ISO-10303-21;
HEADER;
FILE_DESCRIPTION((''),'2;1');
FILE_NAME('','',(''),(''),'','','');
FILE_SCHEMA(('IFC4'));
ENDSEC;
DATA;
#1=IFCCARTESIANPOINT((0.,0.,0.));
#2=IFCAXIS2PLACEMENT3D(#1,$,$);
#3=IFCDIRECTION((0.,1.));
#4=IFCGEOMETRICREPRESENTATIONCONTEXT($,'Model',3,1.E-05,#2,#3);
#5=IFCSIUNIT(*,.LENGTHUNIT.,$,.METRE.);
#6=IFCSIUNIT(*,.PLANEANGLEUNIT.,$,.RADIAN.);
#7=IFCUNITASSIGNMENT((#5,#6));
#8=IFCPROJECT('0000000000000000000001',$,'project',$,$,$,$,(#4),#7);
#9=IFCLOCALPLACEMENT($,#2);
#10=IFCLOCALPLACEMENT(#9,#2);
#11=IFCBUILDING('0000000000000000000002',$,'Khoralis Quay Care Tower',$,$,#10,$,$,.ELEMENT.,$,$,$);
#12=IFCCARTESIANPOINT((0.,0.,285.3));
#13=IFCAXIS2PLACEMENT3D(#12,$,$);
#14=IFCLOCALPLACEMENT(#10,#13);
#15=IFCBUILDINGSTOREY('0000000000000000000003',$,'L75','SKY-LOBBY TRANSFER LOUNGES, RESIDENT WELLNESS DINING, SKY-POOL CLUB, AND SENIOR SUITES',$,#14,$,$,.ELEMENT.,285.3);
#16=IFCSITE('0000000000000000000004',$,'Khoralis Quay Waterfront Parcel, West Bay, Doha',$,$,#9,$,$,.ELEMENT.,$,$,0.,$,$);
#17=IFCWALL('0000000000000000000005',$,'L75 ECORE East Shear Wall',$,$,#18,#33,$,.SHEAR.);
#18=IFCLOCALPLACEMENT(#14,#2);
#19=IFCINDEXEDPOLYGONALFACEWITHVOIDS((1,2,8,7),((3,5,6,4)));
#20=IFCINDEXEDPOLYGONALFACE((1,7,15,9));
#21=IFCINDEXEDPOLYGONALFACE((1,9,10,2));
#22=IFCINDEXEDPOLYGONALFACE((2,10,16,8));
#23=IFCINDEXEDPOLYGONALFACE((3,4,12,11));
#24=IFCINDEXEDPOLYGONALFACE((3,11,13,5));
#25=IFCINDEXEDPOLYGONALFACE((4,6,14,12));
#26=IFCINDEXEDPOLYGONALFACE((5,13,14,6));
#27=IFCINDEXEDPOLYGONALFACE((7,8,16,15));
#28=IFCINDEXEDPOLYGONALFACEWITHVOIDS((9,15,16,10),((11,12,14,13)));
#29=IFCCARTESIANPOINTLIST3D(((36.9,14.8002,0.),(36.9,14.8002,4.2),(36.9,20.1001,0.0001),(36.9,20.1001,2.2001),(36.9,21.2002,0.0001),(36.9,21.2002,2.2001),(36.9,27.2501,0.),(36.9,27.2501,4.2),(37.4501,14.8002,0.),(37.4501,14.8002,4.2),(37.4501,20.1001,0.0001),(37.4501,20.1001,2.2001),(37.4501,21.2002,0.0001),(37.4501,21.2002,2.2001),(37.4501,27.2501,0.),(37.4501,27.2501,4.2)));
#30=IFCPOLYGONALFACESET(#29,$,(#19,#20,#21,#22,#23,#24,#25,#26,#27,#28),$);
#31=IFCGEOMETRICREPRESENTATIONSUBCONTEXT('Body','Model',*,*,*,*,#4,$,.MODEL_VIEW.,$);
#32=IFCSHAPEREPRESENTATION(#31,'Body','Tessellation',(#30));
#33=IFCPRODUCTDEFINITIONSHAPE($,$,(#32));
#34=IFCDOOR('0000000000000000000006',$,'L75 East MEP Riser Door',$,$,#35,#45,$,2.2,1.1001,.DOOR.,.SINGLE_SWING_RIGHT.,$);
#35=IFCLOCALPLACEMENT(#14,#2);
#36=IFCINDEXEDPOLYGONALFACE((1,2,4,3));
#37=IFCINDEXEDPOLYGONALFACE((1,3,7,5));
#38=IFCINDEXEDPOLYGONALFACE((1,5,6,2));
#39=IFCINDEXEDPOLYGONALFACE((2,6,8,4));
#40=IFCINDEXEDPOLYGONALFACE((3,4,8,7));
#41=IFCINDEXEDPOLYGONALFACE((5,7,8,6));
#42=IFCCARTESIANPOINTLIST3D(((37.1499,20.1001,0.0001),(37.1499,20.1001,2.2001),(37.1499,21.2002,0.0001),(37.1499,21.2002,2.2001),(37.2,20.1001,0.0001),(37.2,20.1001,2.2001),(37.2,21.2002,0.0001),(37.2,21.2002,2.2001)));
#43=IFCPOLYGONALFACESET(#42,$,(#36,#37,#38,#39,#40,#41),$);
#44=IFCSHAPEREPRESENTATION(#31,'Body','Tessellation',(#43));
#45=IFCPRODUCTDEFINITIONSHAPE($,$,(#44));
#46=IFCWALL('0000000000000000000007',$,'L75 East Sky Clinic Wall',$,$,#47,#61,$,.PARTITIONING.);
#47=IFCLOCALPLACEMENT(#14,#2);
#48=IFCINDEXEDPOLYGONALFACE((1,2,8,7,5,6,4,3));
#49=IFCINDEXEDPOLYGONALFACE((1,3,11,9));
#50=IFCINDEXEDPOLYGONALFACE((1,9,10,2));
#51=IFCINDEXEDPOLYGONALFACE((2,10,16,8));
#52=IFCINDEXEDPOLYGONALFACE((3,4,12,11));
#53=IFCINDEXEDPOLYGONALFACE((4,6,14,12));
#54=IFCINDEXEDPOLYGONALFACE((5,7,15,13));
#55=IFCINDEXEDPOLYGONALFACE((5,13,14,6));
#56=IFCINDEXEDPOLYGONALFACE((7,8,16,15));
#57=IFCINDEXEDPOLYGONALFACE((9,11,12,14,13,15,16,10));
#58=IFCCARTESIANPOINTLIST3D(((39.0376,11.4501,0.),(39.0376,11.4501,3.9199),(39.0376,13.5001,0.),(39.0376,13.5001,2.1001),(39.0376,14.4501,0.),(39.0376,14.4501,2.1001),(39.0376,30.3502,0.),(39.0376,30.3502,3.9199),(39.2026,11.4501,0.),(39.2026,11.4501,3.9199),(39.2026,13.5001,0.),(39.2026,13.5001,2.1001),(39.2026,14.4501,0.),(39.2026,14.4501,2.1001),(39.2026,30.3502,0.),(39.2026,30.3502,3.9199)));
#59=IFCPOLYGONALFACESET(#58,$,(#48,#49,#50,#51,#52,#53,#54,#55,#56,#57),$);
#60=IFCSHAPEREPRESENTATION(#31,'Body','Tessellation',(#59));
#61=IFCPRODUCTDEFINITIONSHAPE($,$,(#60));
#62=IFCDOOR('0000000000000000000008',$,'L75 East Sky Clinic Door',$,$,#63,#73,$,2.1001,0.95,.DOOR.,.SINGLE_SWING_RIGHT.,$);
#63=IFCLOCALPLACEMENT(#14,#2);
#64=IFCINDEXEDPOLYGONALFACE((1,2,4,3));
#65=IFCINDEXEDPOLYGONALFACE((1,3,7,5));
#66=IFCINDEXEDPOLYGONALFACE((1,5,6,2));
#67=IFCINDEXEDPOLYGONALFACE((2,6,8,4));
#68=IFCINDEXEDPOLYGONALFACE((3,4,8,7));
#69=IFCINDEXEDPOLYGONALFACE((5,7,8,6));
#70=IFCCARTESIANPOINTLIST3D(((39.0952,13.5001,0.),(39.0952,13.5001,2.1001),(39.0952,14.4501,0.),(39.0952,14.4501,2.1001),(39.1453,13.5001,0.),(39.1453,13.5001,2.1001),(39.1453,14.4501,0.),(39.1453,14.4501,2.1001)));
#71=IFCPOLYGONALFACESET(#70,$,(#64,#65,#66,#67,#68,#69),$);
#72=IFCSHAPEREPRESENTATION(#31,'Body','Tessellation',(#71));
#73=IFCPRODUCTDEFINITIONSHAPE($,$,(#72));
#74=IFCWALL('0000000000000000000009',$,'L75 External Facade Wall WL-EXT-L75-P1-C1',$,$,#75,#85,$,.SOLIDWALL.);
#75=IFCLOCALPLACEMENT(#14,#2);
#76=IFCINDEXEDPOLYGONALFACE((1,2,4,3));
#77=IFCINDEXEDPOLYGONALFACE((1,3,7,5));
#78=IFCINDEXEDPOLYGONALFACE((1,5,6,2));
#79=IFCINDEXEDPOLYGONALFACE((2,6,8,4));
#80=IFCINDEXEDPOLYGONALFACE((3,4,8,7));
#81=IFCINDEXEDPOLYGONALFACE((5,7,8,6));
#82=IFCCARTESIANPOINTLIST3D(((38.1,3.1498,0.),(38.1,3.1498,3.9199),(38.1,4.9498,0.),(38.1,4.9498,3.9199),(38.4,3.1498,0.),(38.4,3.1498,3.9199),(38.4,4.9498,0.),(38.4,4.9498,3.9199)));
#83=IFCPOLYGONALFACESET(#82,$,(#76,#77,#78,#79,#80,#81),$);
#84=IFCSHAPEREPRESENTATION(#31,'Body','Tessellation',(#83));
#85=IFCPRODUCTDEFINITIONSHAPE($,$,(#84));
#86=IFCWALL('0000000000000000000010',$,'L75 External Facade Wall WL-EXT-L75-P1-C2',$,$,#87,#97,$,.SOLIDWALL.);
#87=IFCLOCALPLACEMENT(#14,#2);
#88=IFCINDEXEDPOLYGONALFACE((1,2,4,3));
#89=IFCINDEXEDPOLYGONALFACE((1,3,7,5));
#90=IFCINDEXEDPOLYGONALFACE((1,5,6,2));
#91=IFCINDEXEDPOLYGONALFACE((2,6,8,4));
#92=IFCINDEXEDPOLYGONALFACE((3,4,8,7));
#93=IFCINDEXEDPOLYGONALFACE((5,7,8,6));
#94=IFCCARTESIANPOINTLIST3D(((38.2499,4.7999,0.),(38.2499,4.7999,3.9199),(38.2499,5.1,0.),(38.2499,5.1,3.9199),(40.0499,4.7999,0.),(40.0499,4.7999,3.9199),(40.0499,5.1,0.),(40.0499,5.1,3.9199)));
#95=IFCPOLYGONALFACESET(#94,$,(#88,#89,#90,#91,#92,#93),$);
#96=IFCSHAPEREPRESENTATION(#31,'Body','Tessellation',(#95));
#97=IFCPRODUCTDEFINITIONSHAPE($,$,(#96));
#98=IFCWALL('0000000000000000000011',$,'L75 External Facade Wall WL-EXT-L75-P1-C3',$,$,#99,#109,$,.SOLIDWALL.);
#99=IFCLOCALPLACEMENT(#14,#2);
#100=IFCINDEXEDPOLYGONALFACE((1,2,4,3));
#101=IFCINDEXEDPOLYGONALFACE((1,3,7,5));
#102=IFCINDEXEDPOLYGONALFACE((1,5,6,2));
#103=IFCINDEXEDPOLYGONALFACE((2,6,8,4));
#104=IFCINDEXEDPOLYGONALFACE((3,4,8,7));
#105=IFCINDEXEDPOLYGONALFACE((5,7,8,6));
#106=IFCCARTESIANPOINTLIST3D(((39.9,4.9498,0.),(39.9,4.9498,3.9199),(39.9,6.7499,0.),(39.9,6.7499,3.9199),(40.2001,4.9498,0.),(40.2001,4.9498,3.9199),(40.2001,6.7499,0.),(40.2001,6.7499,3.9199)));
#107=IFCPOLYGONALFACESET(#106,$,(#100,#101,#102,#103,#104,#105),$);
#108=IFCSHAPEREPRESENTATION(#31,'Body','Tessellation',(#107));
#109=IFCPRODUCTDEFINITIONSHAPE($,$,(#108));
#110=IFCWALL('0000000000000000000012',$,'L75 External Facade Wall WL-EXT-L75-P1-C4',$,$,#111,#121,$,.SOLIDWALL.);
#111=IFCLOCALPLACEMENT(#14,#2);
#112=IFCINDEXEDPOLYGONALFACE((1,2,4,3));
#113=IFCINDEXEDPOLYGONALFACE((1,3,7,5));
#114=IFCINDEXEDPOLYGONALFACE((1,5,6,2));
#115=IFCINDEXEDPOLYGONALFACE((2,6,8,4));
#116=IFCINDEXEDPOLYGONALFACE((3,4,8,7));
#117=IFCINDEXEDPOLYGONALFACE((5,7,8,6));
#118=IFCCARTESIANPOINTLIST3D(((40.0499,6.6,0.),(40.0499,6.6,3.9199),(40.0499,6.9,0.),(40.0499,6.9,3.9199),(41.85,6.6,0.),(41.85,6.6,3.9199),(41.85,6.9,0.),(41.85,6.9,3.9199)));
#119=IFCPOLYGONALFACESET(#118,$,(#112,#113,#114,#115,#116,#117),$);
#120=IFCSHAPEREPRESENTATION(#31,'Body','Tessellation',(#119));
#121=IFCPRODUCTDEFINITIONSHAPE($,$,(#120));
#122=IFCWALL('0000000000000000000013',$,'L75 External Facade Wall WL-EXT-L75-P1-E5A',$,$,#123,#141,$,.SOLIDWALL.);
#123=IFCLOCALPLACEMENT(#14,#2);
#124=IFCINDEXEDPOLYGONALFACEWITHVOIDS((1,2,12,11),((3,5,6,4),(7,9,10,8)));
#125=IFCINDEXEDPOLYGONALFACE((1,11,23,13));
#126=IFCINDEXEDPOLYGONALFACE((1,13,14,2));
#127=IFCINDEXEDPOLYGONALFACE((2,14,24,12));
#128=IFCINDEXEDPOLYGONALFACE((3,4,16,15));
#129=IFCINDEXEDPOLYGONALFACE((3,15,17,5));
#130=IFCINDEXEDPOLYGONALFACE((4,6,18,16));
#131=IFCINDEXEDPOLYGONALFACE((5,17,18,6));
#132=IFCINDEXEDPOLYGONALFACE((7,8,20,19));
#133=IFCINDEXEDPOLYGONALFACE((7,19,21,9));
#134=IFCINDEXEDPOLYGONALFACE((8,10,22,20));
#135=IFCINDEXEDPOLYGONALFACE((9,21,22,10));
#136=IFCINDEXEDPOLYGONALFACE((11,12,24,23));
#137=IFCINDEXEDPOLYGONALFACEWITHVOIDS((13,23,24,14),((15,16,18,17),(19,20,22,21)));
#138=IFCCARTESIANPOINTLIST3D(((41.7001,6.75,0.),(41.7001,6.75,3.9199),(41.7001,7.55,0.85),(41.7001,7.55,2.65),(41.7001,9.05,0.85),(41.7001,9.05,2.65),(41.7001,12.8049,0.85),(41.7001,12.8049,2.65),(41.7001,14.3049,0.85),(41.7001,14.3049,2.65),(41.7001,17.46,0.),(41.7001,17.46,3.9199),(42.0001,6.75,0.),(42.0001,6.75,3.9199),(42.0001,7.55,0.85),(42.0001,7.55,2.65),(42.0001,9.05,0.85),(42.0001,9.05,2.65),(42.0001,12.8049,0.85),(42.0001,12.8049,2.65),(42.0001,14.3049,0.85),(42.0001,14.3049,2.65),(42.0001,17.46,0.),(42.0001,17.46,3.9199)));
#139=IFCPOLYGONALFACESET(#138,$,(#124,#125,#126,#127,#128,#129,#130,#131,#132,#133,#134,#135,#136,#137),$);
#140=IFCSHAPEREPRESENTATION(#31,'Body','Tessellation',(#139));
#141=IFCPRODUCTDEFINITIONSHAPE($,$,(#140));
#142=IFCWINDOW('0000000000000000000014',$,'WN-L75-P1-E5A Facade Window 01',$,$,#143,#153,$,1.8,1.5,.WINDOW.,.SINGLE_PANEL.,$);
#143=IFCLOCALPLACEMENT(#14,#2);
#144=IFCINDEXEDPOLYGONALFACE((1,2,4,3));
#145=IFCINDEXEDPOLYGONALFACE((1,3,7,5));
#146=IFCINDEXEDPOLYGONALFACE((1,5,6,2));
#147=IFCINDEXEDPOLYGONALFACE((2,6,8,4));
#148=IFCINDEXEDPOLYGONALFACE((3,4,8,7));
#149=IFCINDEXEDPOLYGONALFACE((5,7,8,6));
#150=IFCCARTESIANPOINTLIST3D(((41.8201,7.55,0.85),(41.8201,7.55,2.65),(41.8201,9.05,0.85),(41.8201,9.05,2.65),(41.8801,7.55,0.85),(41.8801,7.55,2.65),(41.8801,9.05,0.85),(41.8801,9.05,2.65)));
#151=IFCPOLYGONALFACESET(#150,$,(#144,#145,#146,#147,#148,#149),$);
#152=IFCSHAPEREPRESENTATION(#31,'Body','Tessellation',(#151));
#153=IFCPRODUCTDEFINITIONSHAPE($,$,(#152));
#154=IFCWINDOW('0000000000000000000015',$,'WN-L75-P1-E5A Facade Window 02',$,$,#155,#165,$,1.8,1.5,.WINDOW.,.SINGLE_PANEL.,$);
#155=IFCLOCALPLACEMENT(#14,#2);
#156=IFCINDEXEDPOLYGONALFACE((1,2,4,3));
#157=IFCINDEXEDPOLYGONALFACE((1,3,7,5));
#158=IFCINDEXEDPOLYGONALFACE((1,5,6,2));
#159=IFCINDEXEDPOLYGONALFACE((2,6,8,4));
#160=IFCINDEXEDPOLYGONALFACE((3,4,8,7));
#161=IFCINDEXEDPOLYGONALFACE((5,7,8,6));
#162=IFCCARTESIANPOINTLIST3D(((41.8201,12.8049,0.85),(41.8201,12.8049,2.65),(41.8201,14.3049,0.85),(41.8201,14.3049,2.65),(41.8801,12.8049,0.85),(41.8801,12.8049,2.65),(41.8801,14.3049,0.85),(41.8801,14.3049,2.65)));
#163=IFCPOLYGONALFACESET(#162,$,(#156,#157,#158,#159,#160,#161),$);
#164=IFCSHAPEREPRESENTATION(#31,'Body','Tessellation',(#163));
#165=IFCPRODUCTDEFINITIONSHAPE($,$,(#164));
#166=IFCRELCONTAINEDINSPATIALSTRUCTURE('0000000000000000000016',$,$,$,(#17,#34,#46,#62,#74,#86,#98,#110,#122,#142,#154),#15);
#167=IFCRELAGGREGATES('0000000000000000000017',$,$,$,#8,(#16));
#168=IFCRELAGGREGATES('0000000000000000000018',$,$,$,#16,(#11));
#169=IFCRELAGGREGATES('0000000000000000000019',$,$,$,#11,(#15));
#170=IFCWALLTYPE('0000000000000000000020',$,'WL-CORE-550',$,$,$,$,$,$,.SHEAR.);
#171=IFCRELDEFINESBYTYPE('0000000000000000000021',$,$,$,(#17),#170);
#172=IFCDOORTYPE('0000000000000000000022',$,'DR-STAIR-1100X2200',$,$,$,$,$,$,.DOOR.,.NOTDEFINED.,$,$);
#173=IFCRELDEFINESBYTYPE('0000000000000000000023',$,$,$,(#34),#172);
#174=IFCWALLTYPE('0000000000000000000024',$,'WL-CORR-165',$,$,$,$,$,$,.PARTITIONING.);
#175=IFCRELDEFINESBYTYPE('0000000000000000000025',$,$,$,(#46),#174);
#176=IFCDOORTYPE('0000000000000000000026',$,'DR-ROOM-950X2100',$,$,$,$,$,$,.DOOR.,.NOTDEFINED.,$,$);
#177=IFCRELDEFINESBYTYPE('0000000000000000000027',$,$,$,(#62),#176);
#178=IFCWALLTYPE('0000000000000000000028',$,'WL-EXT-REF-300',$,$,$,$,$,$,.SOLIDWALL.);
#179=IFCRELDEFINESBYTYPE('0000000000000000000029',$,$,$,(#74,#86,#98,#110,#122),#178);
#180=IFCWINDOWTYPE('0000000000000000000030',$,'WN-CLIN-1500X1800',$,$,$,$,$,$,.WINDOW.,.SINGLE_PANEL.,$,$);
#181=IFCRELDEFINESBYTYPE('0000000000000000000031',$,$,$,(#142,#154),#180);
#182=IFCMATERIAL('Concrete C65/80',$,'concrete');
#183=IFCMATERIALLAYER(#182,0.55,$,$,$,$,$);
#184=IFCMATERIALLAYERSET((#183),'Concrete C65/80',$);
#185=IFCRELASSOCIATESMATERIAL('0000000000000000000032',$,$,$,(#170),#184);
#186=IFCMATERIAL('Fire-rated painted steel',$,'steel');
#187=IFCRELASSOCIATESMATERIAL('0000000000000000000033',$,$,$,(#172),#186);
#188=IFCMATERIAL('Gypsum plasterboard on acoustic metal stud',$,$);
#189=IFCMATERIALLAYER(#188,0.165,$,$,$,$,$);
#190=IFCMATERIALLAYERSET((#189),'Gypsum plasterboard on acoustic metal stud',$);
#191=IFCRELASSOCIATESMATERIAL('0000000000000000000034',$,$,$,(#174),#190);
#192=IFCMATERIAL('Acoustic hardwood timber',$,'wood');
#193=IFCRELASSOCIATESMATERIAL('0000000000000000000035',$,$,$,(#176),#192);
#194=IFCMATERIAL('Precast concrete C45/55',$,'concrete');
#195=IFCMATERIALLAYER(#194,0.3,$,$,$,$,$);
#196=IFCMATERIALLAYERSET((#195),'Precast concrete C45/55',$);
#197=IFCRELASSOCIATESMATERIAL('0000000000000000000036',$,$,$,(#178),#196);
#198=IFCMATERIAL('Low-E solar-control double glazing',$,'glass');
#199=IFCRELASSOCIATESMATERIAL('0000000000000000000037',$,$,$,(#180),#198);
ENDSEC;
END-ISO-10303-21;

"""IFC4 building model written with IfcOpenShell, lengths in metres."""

from ifc_helpers import new_model, si_unit, direction, frame, frame_2d, origin, place, context, subcontext, project, spatial, rectangle, extrude, source, transform, mapped, material, layer, layer_set, type_object, element, fill, save


model = new_model("IFC4")

# Units and contexts
model_context = context("Model", 3, precision=1e-05, world=origin(), true_north=direction((0.0, 1.0)))
body_context = subcontext(model_context, "Body", "Model", "MODEL_VIEW")
ifc_project = project(units=[si_unit("LENGTHUNIT", "METRE"), si_unit("PLANEANGLEUNIT", "RADIAN")], contexts=[model_context])

# Site, building, storey
site_placement = place(None, origin())
site = spatial("IfcSite", under=ifc_project, at=site_placement, Name="Khoralis Quay Waterfront Parcel, West Bay, Doha", CompositionType="ELEMENT", RefElevation=0.0)
building_placement = place(site_placement, origin())
building = spatial("IfcBuilding", under=site, at=building_placement, Name="Khoralis Quay Care Tower", CompositionType="ELEMENT")
storey_placement = place(building_placement, frame((0.0, 0.0, 285.3)))
storey = spatial("IfcBuildingStorey", under=building, at=storey_placement, Name="L75", Description="SKY-LOBBY TRANSFER LOUNGES, RESIDENT WELLNESS DINING, SKY-POOL CLUB, AND SENIOR SUITES", CompositionType="ELEMENT", Elevation=285.3)

# Shared definitions
ifc_material_1 = material(Name="Gypsum plasterboard on acoustic metal stud")

# Walls, openings, doors
ifc_material_2 = material(Name="Concrete C65/80", Category="concrete")
ifc_layer_1 = layer(ifc_material_2, 0.55)
ifc_layer_set_1 = layer_set([ifc_layer_1], Name="Concrete C65/80")
wall_type_1 = type_object("IfcWallType", Name="WL-CORE-550", PredefinedType="SHEAR", material=ifc_layer_set_1)
wall_1_placement = place(storey_placement, frame((37.175, 14.8, 0.0), z_axis=(0.0, 0.0, 1.0), x_axis=(0.0, 1.0, 0.0)))
wall_1 = element("IfcWall", 1, at=wall_1_placement, inside=storey, type_object=wall_type_1, Name="L75 ECORE East Shear Wall", PredefinedType="SHEAR", context=body_context, shape_type="SweptSolid", body=[
    extrude(rectangle(XDim=12.45, YDim=0.55, at=frame_2d((6.2251, 0.0))), origin(), (0.0, 0.0, 1.0), 4.2),
])
opening_1_placement = place(wall_1_placement, frame((5.3, 0.0, 0.0)))
opening_1 = element("IfcOpeningElement", 2, at=opening_1_placement, cuts=wall_1, PredefinedType="OPENING", context=body_context, shape_type="SweptSolid", body=[
    extrude(rectangle(XDim=1.1001, YDim=2.2, at=frame_2d((0.55, 1.1001))), frame((0.0, 0.2852, 0.0), z_axis=(0.0, -1.0, 0.0), x_axis=(1.0, 0.0, 0.0)), (0.0, 0.0, 1.0), 0.5701),
])
ifc_material_3 = material(Name="Fire-rated painted steel", Category="steel")
door_type_1 = type_object("IfcDoorType", Name="DR-STAIR-1100X2200", OperationType="NOTDEFINED", PredefinedType="DOOR", material=ifc_material_3)
shared_shape_1 = source(origin(), body_context, "Body", "SweptSolid", [
    extrude(rectangle(XDim=1.1001, YDim=2.2, at=frame_2d((0.55, 1.1001))), frame((0.0, 0.0249, 0.0), z_axis=(0.0, -1.0, 0.0), x_axis=(1.0, 0.0, 0.0)), (0.0, 0.0, 1.0), 0.05),
])
door_1_placement = place(opening_1_placement, frame((1.1001, 0.0, 0.0), z_axis=(0.0, 0.0, 1.0), x_axis=(-1.0, 0.0, 0.0)))
door_1 = element("IfcDoor", 3, at=door_1_placement, inside=storey, type_object=door_type_1, Name="L75 East MEP Riser Door", OperationType="SINGLE_SWING_RIGHT", OverallHeight=2.2, OverallWidth=1.1001, PredefinedType="DOOR", context=body_context, shape_type="MappedRepresentation", body=[
    mapped(shared_shape_1, transform((0.0, 0.0, 0.0), scale=1.0)),
])
fill(opening_1, door_1)
ifc_layer_2 = layer(ifc_material_1, 0.165)
ifc_layer_set_2 = layer_set([ifc_layer_2], Name="Gypsum plasterboard on acoustic metal stud")
wall_type_2 = type_object("IfcWallType", Name="WL-CORR-165", PredefinedType="PARTITIONING", material=ifc_layer_set_2)
wall_2_placement = place(storey_placement, frame((39.1201, 11.45, 0.0), z_axis=(0.0, 0.0, 1.0), x_axis=(0.0, 1.0, 0.0)))
wall_2 = element("IfcWall", 4, at=wall_2_placement, inside=storey, type_object=wall_type_2, Name="L75 East Sky Clinic Wall", PredefinedType="PARTITIONING", context=body_context, shape_type="SweptSolid", body=[
    extrude(rectangle(XDim=18.9001, YDim=0.165, at=frame_2d((9.4502, 0.0))), origin(), (0.0, 0.0, 1.0), 3.9199),
])
opening_2_placement = place(wall_2_placement, frame((2.05, 0.0, 0.0)))
opening_2 = element("IfcOpeningElement", 5, at=opening_2_placement, cuts=wall_2, PredefinedType="OPENING", context=body_context, shape_type="SweptSolid", body=[
    extrude(rectangle(XDim=0.95, YDim=2.1001, at=frame_2d((0.4751, 1.05))), frame((0.0, 0.0925, 0.0), z_axis=(0.0, -1.0, 0.0), x_axis=(1.0, 0.0, 0.0)), (0.0, 0.0, 1.0), 0.1851),
])
ifc_material_4 = material(Name="Acoustic hardwood timber", Category="wood")
door_type_2 = type_object("IfcDoorType", Name="DR-ROOM-950X2100", OperationType="NOTDEFINED", PredefinedType="DOOR", material=ifc_material_4)
shared_shape_2 = source(origin(), body_context, "Body", "SweptSolid", [
    extrude(rectangle(XDim=0.95, YDim=2.1001, at=frame_2d((0.4751, 1.05))), frame((0.0, 0.0249, 0.0), z_axis=(0.0, -1.0, 0.0), x_axis=(1.0, 0.0, 0.0)), (0.0, 0.0, 1.0), 0.05),
])
door_2_placement = place(opening_2_placement, origin())
door_2 = element("IfcDoor", 6, at=door_2_placement, inside=storey, type_object=door_type_2, Name="L75 East Sky Clinic Door", OperationType="SINGLE_SWING_RIGHT", OverallHeight=2.1001, OverallWidth=0.95, PredefinedType="DOOR", context=body_context, shape_type="MappedRepresentation", body=[
    mapped(shared_shape_2, transform((0.0, 0.0, 0.0), scale=1.0)),
])
fill(opening_2, door_2)

# Walls
ifc_material_5 = material(Name="Precast concrete C45/55", Category="concrete")
ifc_layer_3 = layer(ifc_material_5, 0.3)
ifc_layer_set_3 = layer_set([ifc_layer_3], Name="Precast concrete C45/55")
wall_type_3 = type_object("IfcWallType", Name="WL-EXT-REF-300", PredefinedType="SOLIDWALL", material=ifc_layer_set_3)
for number, where, z_axis, x_axis, name in (
    (7, (38.25, 3.1499, 0.0), (0.0, 0.0, 1.0), (0.0, 1.0, 0.0), "L75 External Facade Wall WL-EXT-L75-P1-C1"),
    (8, (38.25, 4.95, 0.0), (0.0, 0.0, 1.0), (1.0, 0.0, 0.0), "L75 External Facade Wall WL-EXT-L75-P1-C2"),
    (9, (40.05, 4.95, 0.0), (0.0, 0.0, 1.0), (0.0, 1.0, 0.0), "L75 External Facade Wall WL-EXT-L75-P1-C3"),
    (10, (40.05, 6.75, 0.0), (0.0, 0.0, 1.0), (1.0, 0.0, 0.0), "L75 External Facade Wall WL-EXT-L75-P1-C4"),
):
    element("IfcWall", number, at=place(storey_placement, frame(where, z_axis=z_axis, x_axis=x_axis)), inside=storey, type_object=wall_type_3, Name=name, PredefinedType="SOLIDWALL", context=body_context, shape_type="SweptSolid", body=[
        extrude(rectangle(XDim=1.8, YDim=0.3, at=frame_2d((0.8999, 0.0))), origin(), (0.0, 0.0, 1.0), 3.9199),
    ])

# Wall, openings, windows
wall_3_placement = place(storey_placement, frame((41.8501, 6.75, 0.0), z_axis=(0.0, 0.0, 1.0), x_axis=(0.0, 1.0, 0.0)))
wall_3 = element("IfcWall", 11, at=wall_3_placement, inside=storey, type_object=wall_type_3, Name="L75 External Facade Wall WL-EXT-L75-P1-E5A", PredefinedType="SOLIDWALL", context=body_context, shape_type="SweptSolid", body=[
    extrude(rectangle(XDim=10.71, YDim=0.3, at=frame_2d((5.355, 0.0))), origin(), (0.0, 0.0, 1.0), 3.9199),
])
opening_3_placement = place(wall_3_placement, frame((0.8, 0.0, 0.8501)))
opening_3 = element("IfcOpeningElement", 12, at=opening_3_placement, cuts=wall_3, PredefinedType="OPENING", context=body_context, shape_type="SweptSolid", body=[
    extrude(rectangle(XDim=1.5, YDim=1.8, at=frame_2d((0.75, 0.8999))), frame((0.0, 0.1602, 0.0), z_axis=(0.0, -1.0, 0.0), x_axis=(1.0, 0.0, 0.0)), (0.0, 0.0, 1.0), 0.3201),
])
opening_4_placement = place(wall_3_placement, frame((6.0549, 0.0, 0.8501)))
opening_4 = element("IfcOpeningElement", 13, at=opening_4_placement, cuts=wall_3, PredefinedType="OPENING", context=body_context, shape_type="SweptSolid", body=[
    extrude(rectangle(XDim=1.5, YDim=1.8, at=frame_2d((0.75, 0.8999))), frame((0.0, 0.1602, 0.0), z_axis=(0.0, -1.0, 0.0), x_axis=(1.0, 0.0, 0.0)), (0.0, 0.0, 1.0), 0.3201),
])
ifc_material_6 = material(Name="Low-E solar-control double glazing", Category="glass")
window_type = type_object("IfcWindowType", Name="WN-CLIN-1500X1800", PartitioningType="SINGLE_PANEL", PredefinedType="WINDOW", material=ifc_material_6)
shared_shape_3 = source(origin(), body_context, "Body", "SweptSolid", [
    extrude(rectangle(XDim=1.5, YDim=1.8, at=frame_2d((0.75, 0.8999))), frame((0.0, 0.03, 0.0), z_axis=(0.0, -1.0, 0.0), x_axis=(1.0, 0.0, 0.0)), (0.0, 0.0, 1.0), 0.0601),
])
window_1_placement = place(opening_3_placement, origin())
window_1 = element("IfcWindow", 14, at=window_1_placement, inside=storey, type_object=window_type, Name="WN-L75-P1-E5A Facade Window 01", OverallHeight=1.8, OverallWidth=1.5, PartitioningType="SINGLE_PANEL", PredefinedType="WINDOW", context=body_context, shape_type="MappedRepresentation", body=[
    mapped(shared_shape_3, transform((0.0, 0.0, 0.0), scale=1.0)),
])
fill(opening_3, window_1)
window_2_placement = place(opening_4_placement, origin())
window_2 = element("IfcWindow", 15, at=window_2_placement, inside=storey, type_object=window_type, Name="WN-L75-P1-E5A Facade Window 02", OverallHeight=1.8, OverallWidth=1.5, PartitioningType="SINGLE_PANEL", PredefinedType="WINDOW", context=body_context, shape_type="MappedRepresentation", body=[
    mapped(shared_shape_3, transform((0.0, 0.0, 0.0), scale=1.0)),
])
fill(opening_4, window_2)

save(model, "model.ifc")
